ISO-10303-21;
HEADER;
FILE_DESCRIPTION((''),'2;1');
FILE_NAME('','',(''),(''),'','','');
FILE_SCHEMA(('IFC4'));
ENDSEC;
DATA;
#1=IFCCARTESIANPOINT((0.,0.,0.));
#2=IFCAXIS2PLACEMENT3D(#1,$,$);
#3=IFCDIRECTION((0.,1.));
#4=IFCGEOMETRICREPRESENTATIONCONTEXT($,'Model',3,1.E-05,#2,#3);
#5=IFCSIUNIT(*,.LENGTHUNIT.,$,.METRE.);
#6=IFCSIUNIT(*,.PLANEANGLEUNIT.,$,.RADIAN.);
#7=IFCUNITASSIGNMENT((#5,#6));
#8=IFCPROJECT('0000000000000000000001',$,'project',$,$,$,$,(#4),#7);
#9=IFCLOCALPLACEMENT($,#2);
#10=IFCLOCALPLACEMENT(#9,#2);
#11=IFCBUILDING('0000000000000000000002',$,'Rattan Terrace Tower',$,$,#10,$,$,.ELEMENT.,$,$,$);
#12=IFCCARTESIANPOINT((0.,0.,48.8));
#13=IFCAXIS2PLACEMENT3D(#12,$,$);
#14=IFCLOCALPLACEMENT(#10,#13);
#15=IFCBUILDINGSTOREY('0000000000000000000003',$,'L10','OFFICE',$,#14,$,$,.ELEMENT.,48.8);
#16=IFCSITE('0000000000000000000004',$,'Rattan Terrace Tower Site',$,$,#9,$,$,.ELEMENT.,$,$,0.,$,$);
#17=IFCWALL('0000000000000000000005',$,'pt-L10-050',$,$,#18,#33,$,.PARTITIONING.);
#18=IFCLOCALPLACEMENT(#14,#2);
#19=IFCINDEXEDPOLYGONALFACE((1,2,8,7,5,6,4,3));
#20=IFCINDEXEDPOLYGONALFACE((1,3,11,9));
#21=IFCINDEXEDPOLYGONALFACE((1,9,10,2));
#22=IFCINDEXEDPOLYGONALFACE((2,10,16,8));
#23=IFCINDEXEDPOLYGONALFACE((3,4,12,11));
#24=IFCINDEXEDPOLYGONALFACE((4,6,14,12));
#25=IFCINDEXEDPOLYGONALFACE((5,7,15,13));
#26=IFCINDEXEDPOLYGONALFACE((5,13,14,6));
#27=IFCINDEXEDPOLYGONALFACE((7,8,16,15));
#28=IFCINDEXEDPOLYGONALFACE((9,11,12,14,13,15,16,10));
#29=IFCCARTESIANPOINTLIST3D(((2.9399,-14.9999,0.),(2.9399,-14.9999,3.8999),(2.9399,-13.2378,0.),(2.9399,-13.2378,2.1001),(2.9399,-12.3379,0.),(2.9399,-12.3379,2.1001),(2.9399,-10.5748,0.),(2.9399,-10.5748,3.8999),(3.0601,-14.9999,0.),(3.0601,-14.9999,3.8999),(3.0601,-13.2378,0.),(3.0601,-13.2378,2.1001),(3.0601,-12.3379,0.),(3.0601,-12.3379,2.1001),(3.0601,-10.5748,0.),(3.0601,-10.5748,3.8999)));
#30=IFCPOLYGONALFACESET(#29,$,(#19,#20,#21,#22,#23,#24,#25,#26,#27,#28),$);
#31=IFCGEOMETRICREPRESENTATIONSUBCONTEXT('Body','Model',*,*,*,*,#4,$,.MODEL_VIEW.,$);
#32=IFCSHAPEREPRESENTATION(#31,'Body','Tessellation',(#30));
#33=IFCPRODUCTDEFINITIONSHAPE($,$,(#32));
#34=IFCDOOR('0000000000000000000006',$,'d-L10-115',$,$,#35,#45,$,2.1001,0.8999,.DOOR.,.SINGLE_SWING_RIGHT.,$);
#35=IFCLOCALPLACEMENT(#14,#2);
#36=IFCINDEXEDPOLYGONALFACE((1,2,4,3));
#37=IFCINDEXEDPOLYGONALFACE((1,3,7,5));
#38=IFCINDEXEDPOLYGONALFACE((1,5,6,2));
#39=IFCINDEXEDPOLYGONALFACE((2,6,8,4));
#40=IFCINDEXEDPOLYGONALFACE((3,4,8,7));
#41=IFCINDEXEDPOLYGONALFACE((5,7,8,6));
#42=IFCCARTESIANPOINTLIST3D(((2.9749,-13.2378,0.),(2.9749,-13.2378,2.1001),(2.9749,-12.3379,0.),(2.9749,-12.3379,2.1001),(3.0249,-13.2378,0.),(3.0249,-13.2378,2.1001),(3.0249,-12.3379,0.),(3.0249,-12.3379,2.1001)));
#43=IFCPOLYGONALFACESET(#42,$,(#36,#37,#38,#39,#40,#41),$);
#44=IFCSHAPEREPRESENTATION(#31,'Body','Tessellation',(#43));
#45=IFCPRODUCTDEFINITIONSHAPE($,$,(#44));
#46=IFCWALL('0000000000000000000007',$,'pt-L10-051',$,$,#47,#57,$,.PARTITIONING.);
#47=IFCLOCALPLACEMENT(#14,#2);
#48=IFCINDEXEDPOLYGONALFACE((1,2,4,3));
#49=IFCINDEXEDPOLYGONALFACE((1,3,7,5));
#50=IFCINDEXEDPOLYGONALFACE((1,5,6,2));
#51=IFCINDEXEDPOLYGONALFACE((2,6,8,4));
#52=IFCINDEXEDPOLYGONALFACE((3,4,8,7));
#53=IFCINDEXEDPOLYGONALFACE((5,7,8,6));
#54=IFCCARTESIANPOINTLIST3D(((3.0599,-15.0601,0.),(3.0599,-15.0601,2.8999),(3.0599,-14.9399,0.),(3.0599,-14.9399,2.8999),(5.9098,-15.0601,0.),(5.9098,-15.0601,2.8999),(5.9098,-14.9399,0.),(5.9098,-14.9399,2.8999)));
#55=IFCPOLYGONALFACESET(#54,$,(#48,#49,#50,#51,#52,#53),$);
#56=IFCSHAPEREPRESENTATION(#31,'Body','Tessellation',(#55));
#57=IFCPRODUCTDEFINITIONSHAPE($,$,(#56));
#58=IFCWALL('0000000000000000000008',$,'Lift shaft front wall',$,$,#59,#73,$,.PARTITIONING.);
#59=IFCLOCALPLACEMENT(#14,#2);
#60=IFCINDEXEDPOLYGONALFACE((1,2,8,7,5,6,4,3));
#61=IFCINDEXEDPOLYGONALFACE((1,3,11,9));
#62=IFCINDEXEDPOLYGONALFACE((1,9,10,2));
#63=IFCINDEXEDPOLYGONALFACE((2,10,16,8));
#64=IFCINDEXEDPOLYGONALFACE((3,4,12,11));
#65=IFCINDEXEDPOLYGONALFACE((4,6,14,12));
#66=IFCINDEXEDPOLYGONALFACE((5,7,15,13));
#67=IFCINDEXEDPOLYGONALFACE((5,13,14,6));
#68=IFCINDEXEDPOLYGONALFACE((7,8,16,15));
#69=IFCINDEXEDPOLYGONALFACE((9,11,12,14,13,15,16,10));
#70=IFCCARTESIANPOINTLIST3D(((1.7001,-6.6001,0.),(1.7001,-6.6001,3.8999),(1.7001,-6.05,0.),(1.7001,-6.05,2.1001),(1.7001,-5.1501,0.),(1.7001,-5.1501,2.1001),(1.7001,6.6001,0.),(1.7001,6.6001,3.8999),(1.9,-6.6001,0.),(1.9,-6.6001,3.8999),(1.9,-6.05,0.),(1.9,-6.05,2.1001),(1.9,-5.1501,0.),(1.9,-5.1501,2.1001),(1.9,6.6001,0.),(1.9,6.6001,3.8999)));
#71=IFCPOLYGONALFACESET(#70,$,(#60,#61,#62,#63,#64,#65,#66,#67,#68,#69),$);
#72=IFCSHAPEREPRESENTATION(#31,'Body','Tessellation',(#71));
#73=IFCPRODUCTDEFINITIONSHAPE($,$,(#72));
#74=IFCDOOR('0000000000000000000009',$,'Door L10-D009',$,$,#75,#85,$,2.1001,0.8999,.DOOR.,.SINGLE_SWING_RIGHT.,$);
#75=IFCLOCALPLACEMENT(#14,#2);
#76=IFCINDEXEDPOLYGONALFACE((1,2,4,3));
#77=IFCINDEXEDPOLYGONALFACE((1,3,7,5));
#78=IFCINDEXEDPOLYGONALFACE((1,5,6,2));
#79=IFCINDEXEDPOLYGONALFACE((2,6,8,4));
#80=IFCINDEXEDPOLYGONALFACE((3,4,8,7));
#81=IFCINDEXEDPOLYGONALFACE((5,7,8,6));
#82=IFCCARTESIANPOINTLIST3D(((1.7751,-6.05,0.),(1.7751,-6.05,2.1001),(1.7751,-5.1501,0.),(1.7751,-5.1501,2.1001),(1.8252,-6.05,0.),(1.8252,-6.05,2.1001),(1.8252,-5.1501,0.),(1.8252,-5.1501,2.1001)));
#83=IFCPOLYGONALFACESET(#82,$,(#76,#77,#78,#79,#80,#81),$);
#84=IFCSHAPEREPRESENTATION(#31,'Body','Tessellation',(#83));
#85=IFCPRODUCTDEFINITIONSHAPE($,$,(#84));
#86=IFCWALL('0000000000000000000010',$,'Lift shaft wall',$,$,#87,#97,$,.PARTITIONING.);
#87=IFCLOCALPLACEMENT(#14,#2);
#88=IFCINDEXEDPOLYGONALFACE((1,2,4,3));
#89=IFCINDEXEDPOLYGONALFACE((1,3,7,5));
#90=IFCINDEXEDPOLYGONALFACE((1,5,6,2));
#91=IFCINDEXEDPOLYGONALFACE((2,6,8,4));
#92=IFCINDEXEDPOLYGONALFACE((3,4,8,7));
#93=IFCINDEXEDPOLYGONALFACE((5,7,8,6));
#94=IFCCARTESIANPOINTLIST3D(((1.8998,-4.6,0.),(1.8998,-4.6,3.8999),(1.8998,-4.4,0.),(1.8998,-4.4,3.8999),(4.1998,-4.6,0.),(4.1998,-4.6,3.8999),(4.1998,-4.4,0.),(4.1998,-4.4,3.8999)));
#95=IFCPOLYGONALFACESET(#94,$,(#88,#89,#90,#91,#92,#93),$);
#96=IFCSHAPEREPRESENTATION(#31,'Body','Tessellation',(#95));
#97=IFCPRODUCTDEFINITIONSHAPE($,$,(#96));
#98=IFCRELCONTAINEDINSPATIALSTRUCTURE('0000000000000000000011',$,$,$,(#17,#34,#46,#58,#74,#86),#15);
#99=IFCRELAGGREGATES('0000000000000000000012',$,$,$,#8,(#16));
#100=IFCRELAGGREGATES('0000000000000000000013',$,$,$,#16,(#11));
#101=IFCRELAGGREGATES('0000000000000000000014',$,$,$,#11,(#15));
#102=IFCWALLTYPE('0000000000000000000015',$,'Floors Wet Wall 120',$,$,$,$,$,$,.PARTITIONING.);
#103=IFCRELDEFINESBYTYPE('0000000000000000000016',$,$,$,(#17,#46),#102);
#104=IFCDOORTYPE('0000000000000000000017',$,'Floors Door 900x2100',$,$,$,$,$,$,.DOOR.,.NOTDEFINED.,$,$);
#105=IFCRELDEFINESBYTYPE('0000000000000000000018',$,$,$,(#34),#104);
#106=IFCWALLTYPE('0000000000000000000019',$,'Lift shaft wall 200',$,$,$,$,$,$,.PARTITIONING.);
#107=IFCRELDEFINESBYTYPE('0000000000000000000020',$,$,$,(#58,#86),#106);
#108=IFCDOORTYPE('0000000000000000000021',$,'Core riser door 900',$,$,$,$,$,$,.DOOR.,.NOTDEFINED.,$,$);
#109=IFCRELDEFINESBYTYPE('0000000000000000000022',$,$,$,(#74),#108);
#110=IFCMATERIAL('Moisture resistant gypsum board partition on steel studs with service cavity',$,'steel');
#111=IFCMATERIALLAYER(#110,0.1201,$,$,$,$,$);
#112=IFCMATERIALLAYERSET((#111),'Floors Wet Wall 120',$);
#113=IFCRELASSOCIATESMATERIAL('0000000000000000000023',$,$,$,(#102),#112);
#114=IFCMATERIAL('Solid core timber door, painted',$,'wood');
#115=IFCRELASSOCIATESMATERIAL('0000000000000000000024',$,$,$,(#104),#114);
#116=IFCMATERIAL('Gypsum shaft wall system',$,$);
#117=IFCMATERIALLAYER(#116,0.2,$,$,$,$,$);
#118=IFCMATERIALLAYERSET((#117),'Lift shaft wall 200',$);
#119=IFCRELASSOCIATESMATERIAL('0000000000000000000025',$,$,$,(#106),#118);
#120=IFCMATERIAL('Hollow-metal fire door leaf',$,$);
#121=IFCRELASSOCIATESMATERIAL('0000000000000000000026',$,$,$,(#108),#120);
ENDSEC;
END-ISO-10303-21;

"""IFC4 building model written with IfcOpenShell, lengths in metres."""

from ifc_helpers import new_model, si_unit, direction, frame, frame_2d, origin, place, context, subcontext, project, spatial, rectangle, extrude, material, layer, layer_set, type_object, element, fill, save


model = new_model("IFC4")

# Units and contexts
model_context = context("Model", 3, precision=1e-05, world=origin(), true_north=direction((0.0, 1.0)))
body_context = subcontext(model_context, "Body", "Model", "MODEL_VIEW")
ifc_project = project(units=[si_unit("LENGTHUNIT", "METRE"), si_unit("PLANEANGLEUNIT", "RADIAN")], contexts=[model_context])

# Site, building, storey
site_placement = place(None, origin())
site = spatial("IfcSite", under=ifc_project, at=site_placement, Name="Rattan Terrace Tower Site", CompositionType="ELEMENT", RefElevation=0.0)
building_placement = place(site_placement, origin())
building = spatial("IfcBuilding", under=site, at=building_placement, Name="Rattan Terrace Tower", CompositionType="ELEMENT")
storey_placement = place(building_placement, frame((0.0, 0.0, 48.8)))
storey = spatial("IfcBuildingStorey", under=building, at=storey_placement, Name="L10", Description="OFFICE", CompositionType="ELEMENT", Elevation=48.8)

# Wall, opening, door
ifc_material_1 = material(Name="Moisture resistant gypsum board partition on steel studs with service cavity", Category="steel")
ifc_layer_1 = layer(ifc_material_1, 0.1201)
ifc_layer_set_1 = layer_set([ifc_layer_1], Name="Floors Wet Wall 120")
wall_type_1 = type_object("IfcWallType", Name="Floors Wet Wall 120", PredefinedType="PARTITIONING", material=ifc_layer_set_1)
wall_1_placement = place(storey_placement, frame((3.0, -10.575, 0.0), z_axis=(0.0, 0.0, 1.0), x_axis=(0.0, -1.0, 0.0)))
wall_1 = element("IfcWall", 1, at=wall_1_placement, inside=storey, type_object=wall_type_1, Name="pt-L10-050", PredefinedType="PARTITIONING", context=body_context, shape_type="SweptSolid", body=[
    extrude(rectangle(XDim=4.425, YDim=0.1201, at=frame_2d((2.2124, 0.0))), origin(), (0.0, 0.0, 1.0), 3.8999),
])
opening_1_placement = place(wall_1_placement, frame((1.7629, 0.0, 0.0)))
opening_1 = element("IfcOpeningElement", 2, at=opening_1_placement, cuts=wall_1, PredefinedType="OPENING", context=body_context, shape_type="SweptSolid", body=[
    extrude(rectangle(XDim=0.8999, YDim=2.1001, at=frame_2d((0.45, 1.05))), frame((0.0, 0.0706, 0.0), z_axis=(0.0, -1.0, 0.0), x_axis=(1.0, 0.0, 0.0)), (0.0, 0.0, 1.0), 0.1411),
])
ifc_material_2 = material(Name="Solid core timber door, painted", Category="wood")
door_type_1 = type_object("IfcDoorType", Name="Floors Door 900x2100", OperationType="NOTDEFINED", PredefinedType="DOOR", material=ifc_material_2)
door_1_placement = place(opening_1_placement, origin())
door_1 = element("IfcDoor", 3, at=door_1_placement, inside=storey, type_object=door_type_1, Name="d-L10-115", OperationType="SINGLE_SWING_RIGHT", OverallHeight=2.1001, OverallWidth=0.8999, PredefinedType="DOOR", context=body_context, shape_type="SweptSolid", body=[
    extrude(rectangle(XDim=0.8999, YDim=2.1001, at=frame_2d((0.45, 1.05))), frame((0.0, 0.0249, 0.0), z_axis=(0.0, -1.0, 0.0), x_axis=(1.0, 0.0, 0.0)), (0.0, 0.0, 1.0), 0.05),
])
fill(opening_1, door_1)

# Wall
wall_2_placement = place(storey_placement, frame((3.0601, -15.0, 0.0), z_axis=(0.0, 0.0, 1.0), x_axis=(1.0, 0.0, 0.0)))
element("IfcWall", 4, at=wall_2_placement, inside=storey, type_object=wall_type_1, Name="pt-L10-051", PredefinedType="PARTITIONING", context=body_context, shape_type="SweptSolid", body=[
    extrude(rectangle(XDim=2.8499, YDim=0.1201, at=frame_2d((1.4248, 0.0))), origin(), (0.0, 0.0, 1.0), 2.8999),
])

# Wall, opening, door
ifc_material_3 = material(Name="Gypsum shaft wall system")
ifc_layer_2 = layer(ifc_material_3, 0.2)
ifc_layer_set_2 = layer_set([ifc_layer_2], Name="Lift shaft wall 200")
wall_type_2 = type_object("IfcWallType", Name="Lift shaft wall 200", PredefinedType="PARTITIONING", material=ifc_layer_set_2)
wall_3_placement = place(storey_placement, frame((1.8, -6.6001, 0.0), z_axis=(0.0, 0.0, 1.0), x_axis=(0.0, 1.0, 0.0)))
wall_3 = element("IfcWall", 5, at=wall_3_placement, inside=storey, type_object=wall_type_2, Name="Lift shaft front wall", PredefinedType="PARTITIONING", context=body_context, shape_type="SweptSolid", body=[
    extrude(rectangle(XDim=13.2002, YDim=0.2, at=frame_2d((6.6001, 0.0))), origin(), (0.0, 0.0, 1.0), 3.8999),
])
opening_2_placement = place(wall_3_placement, frame((0.55, 0.0, 0.0)))
opening_2 = element("IfcOpeningElement", 6, at=opening_2_placement, cuts=wall_3, PredefinedType="OPENING", context=body_context, shape_type="SweptSolid", body=[
    extrude(rectangle(XDim=0.8999, YDim=2.1001, at=frame_2d((0.45, 1.05))), frame((0.0, 0.1106, 0.0), z_axis=(0.0, -1.0, 0.0), x_axis=(1.0, 0.0, 0.0)), (0.0, 0.0, 1.0), 0.2209),
])
ifc_material_4 = material(Name="Hollow-metal fire door leaf")
door_type_2 = type_object("IfcDoorType", Name="Core riser door 900", OperationType="NOTDEFINED", PredefinedType="DOOR", material=ifc_material_4)
door_2_placement = place(opening_2_placement, origin())
door_2 = element("IfcDoor", 7, at=door_2_placement, inside=storey, type_object=door_type_2, Name="Door L10-D009", OperationType="SINGLE_SWING_RIGHT", OverallHeight=2.1001, OverallWidth=0.8999, PredefinedType="DOOR", context=body_context, shape_type="SweptSolid", body=[
    extrude(rectangle(XDim=0.8999, YDim=2.1001, at=frame_2d((0.45, 1.05))), frame((0.0, 0.0249, 0.0), z_axis=(0.0, -1.0, 0.0), x_axis=(1.0, 0.0, 0.0)), (0.0, 0.0, 1.0), 0.05),
])
fill(opening_2, door_2)

# Wall
wall_4_placement = place(storey_placement, frame((1.8999, -4.5, 0.0), z_axis=(0.0, 0.0, 1.0), x_axis=(1.0, 0.0, 0.0)))
element("IfcWall", 8, at=wall_4_placement, inside=storey, type_object=wall_type_2, Name="Lift shaft wall", PredefinedType="PARTITIONING", context=body_context, shape_type="SweptSolid", body=[
    extrude(rectangle(XDim=2.3, YDim=0.2, at=frame_2d((1.1499, 0.0))), origin(), (0.0, 0.0, 1.0), 3.8999),
])

save(model, "model.ifc")
